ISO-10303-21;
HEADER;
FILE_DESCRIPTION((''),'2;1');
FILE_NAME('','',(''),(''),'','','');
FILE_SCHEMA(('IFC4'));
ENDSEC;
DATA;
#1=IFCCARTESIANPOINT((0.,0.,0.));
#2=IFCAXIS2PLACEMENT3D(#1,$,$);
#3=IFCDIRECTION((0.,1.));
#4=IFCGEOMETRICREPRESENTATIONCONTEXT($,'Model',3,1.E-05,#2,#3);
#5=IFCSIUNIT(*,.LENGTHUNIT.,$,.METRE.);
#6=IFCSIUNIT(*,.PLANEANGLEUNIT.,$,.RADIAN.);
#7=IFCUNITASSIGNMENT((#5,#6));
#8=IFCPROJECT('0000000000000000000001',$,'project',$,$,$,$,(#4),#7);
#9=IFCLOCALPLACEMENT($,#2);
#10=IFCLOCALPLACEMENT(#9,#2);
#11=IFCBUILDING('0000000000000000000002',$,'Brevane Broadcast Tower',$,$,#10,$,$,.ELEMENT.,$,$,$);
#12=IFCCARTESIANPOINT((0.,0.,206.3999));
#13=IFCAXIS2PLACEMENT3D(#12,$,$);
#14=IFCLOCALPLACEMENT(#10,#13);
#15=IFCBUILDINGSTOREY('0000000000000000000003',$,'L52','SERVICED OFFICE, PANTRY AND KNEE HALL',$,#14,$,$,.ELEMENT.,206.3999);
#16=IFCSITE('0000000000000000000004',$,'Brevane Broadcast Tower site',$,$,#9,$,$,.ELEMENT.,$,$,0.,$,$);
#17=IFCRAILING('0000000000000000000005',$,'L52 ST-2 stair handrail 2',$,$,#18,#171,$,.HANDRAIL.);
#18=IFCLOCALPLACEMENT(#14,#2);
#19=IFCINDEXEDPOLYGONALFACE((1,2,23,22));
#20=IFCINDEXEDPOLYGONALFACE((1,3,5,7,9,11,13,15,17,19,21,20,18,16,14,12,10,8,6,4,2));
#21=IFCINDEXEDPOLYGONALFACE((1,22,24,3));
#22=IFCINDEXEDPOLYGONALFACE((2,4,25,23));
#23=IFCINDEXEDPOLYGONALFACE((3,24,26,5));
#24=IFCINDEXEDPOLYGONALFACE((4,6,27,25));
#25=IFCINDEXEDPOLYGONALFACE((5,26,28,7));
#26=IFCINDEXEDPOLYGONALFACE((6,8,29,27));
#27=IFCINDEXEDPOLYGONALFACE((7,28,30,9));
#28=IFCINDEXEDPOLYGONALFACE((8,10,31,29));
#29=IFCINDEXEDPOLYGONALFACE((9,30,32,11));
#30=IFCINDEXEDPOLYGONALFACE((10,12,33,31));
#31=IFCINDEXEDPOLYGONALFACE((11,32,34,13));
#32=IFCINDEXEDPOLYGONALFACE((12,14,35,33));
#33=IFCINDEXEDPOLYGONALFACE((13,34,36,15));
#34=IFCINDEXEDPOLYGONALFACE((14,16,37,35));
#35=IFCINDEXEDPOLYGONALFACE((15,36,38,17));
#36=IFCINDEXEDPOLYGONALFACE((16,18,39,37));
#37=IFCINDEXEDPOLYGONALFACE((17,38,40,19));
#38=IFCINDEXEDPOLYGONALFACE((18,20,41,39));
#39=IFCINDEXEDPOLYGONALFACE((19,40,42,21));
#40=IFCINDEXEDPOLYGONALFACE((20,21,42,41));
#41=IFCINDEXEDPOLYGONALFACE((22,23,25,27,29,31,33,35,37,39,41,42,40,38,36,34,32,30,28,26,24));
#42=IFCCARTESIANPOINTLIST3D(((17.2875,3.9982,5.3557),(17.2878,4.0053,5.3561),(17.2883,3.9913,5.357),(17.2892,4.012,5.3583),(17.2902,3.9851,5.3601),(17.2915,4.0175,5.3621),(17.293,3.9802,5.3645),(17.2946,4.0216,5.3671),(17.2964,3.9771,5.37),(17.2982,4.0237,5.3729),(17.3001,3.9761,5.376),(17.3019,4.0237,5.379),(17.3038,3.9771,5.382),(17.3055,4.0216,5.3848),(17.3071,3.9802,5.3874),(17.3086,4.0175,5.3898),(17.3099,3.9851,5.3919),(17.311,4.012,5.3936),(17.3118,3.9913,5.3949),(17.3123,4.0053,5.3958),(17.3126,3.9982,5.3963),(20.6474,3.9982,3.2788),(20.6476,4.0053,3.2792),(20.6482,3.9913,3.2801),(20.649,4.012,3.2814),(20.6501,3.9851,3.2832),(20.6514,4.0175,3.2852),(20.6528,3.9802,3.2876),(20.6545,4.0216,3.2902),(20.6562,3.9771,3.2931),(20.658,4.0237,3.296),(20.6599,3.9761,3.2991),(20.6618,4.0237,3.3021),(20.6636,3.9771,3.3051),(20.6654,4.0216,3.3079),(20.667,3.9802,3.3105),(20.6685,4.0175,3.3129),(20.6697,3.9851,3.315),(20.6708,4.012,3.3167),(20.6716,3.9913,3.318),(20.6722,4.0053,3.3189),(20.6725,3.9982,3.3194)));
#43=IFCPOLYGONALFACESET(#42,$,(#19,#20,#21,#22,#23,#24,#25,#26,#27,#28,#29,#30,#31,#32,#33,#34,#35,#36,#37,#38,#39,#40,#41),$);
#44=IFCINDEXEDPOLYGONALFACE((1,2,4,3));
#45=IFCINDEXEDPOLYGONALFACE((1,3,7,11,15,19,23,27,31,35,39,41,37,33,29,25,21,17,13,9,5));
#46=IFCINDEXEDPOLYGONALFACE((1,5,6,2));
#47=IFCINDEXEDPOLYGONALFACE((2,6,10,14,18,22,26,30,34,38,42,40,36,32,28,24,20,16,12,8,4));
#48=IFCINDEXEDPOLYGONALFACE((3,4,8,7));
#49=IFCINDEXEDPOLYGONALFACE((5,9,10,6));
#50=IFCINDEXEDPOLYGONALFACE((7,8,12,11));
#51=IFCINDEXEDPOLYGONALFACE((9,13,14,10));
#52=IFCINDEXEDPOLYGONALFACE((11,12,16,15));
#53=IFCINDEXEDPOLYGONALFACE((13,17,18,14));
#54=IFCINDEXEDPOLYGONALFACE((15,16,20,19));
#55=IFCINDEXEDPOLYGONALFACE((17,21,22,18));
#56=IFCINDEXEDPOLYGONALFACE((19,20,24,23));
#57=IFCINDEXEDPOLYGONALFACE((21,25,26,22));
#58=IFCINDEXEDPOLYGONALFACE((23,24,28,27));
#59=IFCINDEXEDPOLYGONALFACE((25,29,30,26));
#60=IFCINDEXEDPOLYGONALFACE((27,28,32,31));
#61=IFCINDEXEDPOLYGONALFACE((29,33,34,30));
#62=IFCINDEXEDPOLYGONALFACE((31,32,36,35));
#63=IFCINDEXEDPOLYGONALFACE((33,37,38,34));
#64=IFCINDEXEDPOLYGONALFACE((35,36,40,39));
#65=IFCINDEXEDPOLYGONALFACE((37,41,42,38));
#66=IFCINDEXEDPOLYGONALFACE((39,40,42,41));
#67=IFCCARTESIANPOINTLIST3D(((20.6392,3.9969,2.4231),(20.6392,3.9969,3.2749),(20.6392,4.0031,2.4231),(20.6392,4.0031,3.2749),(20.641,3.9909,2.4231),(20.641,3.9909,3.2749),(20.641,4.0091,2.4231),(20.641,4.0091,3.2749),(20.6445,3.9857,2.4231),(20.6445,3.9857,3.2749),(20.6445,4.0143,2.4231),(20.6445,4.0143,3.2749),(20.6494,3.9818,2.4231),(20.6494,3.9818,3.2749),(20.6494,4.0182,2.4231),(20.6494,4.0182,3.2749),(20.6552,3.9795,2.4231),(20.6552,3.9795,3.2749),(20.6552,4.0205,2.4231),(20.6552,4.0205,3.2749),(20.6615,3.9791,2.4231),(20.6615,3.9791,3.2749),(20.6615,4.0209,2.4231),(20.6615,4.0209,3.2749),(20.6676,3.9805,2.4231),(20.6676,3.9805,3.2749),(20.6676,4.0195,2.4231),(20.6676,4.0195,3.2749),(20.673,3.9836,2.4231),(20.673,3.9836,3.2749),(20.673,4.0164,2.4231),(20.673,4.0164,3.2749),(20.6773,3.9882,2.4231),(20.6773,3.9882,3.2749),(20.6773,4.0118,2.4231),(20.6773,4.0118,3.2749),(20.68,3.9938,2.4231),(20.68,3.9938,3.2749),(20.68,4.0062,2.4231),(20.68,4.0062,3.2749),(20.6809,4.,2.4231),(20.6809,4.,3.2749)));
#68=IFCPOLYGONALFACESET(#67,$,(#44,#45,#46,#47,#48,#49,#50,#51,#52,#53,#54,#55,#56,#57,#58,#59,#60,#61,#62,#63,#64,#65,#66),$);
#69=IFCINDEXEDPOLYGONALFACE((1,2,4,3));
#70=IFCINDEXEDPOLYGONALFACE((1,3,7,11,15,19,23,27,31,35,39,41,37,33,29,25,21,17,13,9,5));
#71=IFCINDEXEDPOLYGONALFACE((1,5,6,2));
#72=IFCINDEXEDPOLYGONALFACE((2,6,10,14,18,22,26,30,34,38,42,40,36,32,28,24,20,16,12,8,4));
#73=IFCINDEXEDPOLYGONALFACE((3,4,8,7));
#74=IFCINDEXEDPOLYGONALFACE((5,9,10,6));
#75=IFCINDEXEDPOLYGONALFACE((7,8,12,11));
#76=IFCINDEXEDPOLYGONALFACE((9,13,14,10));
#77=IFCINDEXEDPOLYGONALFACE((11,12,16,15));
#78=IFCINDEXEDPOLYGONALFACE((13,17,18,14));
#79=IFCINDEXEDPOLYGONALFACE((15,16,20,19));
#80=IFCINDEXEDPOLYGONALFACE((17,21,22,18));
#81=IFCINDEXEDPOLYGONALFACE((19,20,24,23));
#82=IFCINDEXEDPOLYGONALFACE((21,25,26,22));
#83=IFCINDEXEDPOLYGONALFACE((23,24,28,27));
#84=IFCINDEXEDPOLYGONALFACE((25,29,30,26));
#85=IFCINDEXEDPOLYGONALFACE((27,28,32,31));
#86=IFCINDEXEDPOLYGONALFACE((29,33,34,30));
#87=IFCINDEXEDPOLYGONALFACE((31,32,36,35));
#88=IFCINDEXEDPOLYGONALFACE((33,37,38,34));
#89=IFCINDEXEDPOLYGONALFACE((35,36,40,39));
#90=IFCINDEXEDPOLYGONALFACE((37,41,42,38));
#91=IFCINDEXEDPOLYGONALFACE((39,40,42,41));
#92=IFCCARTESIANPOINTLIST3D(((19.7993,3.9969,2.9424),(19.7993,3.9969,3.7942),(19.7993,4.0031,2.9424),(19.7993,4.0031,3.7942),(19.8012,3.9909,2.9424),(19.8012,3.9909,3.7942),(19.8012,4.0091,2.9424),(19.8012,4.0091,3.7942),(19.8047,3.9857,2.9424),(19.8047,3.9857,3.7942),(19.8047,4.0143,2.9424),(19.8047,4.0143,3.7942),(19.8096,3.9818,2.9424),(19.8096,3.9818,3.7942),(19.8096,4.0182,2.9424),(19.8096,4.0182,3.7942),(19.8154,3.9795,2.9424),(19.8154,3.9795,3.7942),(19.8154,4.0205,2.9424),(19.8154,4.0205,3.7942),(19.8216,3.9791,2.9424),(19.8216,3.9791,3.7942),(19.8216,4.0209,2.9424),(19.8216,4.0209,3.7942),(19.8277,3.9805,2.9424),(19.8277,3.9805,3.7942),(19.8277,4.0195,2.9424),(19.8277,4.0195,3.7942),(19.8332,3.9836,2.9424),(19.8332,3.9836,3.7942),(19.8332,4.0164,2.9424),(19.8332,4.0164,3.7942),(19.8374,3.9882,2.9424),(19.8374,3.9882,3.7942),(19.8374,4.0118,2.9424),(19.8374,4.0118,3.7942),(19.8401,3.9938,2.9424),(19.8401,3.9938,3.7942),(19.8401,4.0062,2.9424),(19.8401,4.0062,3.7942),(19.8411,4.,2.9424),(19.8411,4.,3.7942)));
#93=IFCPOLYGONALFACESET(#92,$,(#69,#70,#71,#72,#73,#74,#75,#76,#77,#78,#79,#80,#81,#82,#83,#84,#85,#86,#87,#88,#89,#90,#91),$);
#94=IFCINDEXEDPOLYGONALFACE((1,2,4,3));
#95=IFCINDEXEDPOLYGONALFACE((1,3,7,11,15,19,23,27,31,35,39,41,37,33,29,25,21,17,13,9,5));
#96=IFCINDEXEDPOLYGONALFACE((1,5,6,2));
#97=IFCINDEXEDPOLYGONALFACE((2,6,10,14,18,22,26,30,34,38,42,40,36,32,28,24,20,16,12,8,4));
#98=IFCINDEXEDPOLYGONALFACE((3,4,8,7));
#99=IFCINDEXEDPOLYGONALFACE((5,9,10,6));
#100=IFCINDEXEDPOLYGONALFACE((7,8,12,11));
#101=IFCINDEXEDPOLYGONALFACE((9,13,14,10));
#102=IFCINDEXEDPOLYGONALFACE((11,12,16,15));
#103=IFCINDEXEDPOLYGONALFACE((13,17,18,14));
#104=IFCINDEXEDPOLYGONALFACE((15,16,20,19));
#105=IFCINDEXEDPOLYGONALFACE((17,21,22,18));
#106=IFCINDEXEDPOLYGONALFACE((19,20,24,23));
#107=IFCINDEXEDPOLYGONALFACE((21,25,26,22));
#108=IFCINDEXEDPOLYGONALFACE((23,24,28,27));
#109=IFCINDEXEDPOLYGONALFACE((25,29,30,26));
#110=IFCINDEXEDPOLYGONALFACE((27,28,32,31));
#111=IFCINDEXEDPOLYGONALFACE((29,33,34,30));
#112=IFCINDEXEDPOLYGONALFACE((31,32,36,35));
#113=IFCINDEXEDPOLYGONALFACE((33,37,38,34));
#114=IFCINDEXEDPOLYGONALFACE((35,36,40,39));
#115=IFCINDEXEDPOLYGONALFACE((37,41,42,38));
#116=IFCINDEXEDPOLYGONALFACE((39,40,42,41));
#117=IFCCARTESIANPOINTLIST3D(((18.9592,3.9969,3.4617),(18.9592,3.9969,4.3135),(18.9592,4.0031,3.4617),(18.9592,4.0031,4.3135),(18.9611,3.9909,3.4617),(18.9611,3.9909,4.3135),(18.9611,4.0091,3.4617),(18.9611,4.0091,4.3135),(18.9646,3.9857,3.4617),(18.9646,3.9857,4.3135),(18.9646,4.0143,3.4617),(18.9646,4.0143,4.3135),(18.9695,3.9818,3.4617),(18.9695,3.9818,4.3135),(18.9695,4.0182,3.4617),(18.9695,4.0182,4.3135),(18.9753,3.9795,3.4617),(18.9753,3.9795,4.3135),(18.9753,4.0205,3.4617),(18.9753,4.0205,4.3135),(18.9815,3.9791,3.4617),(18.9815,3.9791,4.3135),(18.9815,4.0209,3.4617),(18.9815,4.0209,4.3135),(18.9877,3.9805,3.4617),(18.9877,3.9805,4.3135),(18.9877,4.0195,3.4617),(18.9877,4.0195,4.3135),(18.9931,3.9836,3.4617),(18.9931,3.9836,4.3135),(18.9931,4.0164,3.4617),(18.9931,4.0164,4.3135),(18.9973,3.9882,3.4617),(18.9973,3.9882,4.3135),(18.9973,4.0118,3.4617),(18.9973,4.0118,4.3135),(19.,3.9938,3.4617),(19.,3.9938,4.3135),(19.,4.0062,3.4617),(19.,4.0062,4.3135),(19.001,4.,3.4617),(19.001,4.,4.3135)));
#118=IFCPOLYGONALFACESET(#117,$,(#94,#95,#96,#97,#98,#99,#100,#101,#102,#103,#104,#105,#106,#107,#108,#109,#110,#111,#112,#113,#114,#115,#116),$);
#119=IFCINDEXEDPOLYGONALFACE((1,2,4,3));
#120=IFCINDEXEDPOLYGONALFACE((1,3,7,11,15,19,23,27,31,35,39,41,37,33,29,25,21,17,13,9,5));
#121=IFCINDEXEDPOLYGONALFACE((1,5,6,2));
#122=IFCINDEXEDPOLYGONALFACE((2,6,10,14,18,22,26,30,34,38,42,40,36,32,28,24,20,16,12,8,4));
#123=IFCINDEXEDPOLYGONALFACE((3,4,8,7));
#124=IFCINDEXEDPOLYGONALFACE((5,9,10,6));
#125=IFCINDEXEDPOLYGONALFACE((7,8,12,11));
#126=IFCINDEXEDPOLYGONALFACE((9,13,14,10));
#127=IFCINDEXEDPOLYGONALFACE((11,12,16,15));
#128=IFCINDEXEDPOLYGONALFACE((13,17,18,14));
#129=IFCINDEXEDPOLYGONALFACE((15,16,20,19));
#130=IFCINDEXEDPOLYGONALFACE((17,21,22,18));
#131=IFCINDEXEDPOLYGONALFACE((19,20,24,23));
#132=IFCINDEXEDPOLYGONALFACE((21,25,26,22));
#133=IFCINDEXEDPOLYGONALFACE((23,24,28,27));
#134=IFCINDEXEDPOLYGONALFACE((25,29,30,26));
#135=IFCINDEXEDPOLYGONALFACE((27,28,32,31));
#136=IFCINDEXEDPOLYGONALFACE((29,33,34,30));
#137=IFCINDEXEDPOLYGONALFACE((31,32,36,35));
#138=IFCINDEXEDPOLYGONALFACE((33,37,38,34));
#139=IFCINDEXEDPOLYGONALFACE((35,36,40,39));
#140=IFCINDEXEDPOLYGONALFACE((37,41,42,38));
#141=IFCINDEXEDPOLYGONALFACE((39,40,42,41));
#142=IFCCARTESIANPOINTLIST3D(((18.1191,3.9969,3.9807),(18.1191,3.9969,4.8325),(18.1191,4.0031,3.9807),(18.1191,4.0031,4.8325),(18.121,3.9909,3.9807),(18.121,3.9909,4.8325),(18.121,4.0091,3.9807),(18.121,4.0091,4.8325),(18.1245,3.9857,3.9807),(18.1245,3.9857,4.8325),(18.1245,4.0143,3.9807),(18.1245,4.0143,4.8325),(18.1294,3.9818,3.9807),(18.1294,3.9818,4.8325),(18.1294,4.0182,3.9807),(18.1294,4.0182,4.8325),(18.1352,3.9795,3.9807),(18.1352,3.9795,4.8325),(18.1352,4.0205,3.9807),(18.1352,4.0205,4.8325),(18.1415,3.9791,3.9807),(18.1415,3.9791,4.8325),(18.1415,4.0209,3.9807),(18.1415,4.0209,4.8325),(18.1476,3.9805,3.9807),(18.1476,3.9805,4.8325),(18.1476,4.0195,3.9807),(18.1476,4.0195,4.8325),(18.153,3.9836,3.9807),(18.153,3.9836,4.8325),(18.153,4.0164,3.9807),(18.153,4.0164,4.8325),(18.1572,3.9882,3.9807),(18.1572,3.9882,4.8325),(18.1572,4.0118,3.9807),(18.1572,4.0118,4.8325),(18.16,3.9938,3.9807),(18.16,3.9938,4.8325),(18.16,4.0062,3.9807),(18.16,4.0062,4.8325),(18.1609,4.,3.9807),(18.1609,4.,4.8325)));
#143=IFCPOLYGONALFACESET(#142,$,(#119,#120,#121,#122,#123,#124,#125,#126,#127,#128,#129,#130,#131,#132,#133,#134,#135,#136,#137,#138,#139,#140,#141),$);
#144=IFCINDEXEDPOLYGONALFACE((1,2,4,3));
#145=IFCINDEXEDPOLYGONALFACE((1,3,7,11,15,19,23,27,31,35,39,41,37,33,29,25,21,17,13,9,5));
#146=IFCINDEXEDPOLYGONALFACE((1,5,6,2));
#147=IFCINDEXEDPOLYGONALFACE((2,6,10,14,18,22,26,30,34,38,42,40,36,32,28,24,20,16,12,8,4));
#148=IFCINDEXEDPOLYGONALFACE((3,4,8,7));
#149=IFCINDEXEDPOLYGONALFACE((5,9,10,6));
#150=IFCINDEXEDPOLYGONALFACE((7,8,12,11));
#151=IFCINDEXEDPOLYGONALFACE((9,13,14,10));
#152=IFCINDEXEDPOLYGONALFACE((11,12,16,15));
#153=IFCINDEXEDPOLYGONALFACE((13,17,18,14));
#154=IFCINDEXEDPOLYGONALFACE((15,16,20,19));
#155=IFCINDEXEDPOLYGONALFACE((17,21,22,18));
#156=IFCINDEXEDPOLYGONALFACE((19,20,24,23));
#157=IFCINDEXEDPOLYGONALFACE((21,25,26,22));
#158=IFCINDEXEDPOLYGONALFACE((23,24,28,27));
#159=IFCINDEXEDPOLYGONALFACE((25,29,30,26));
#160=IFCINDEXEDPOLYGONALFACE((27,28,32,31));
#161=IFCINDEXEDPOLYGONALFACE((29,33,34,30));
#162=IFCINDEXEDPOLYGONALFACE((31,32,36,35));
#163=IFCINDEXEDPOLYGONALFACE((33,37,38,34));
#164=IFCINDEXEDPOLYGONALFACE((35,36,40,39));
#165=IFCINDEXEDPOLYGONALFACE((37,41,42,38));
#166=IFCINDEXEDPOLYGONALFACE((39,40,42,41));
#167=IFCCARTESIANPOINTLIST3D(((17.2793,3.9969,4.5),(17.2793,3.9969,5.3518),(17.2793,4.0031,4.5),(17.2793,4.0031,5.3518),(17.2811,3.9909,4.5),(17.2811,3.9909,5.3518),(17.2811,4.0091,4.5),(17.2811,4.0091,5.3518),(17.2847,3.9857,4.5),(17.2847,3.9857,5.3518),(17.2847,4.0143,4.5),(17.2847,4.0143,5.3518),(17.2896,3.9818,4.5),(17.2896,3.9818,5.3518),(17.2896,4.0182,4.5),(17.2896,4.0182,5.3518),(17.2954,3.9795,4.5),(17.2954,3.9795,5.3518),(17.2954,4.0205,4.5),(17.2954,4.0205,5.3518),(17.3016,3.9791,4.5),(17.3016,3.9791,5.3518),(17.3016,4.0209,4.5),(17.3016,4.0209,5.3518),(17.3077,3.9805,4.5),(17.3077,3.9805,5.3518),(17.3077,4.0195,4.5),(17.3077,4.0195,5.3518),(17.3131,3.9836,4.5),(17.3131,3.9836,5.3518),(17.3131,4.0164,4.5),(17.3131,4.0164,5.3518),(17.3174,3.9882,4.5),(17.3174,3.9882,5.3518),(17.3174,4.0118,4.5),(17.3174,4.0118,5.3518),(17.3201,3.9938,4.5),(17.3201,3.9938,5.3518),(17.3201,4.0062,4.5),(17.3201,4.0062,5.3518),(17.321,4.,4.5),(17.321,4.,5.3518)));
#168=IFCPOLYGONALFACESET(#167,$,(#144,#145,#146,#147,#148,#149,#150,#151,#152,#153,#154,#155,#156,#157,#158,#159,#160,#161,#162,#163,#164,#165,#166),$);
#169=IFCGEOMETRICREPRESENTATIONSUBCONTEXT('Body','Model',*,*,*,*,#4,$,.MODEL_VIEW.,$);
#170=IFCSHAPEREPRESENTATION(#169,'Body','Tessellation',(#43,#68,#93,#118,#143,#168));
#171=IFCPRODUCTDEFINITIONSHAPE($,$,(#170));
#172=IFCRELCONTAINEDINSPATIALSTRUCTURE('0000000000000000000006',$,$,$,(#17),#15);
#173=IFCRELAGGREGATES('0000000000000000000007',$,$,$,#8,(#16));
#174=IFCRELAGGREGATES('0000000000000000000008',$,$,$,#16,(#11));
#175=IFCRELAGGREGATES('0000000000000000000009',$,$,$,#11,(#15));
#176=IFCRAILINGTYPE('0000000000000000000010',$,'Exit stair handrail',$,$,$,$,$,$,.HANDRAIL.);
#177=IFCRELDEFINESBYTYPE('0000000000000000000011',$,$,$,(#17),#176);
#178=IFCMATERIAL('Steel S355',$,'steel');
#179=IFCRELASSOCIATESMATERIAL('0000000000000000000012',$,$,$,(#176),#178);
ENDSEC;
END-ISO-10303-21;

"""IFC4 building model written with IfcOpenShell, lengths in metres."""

from ifc_helpers import new_model, si_unit, direction, frame, origin, origin_2d, place, context, subcontext, project, spatial, circle, extrude, material, type_object, element, save


model = new_model("IFC4")

# Units and contexts
model_context = context("Model", 3, precision=1e-05, world=origin(), true_north=direction((0.0, 1.0)))
body_context = subcontext(model_context, "Body", "Model", "MODEL_VIEW")
ifc_project = project(units=[si_unit("LENGTHUNIT", "METRE"), si_unit("PLANEANGLEUNIT", "RADIAN")], contexts=[model_context])

# Site, building, storey
site_placement = place(None, origin())
site = spatial("IfcSite", under=ifc_project, at=site_placement, Name="Brevane Broadcast Tower site", CompositionType="ELEMENT", RefElevation=0.0)
building_placement = place(site_placement, origin())
building = spatial("IfcBuilding", under=site, at=building_placement, Name="Brevane Broadcast Tower", CompositionType="ELEMENT")
storey_placement = place(building_placement, frame((0.0, 0.0, 206.3999)))
storey = spatial("IfcBuildingStorey", under=building, at=storey_placement, Name="L52", Description="SERVICED OFFICE, PANTRY AND KNEE HALL", CompositionType="ELEMENT", Elevation=206.3999)

# Railing
ifc_material_1 = material(Name="Steel S355", Category="steel")
railing_type_1 = type_object("IfcRailingType", Name="Exit stair handrail", PredefinedType="HANDRAIL", material=ifc_material_1)
railing_1_placement = place(storey_placement, frame((20.6599, 4.0, 2.4231)))
element("IfcRailing", 1, at=railing_1_placement, inside=storey, type_object=railing_type_1, Name="L52 ST-2 stair handrail 2", PredefinedType="HANDRAIL", context=body_context, shape_type="SweptSolid", body=[
    extrude(circle(Radius=0.0239, at=origin_2d()), frame((0.0, 0.0, 0.876), z_axis=(-0.850606, 0.0, 0.525803), x_axis=(0.0, -1.0, 0.0)), (0.0, 0.0, 1.0), 3.95),
    extrude(circle(Radius=0.021, at=origin_2d()), origin(), (0.0, 0.0, 1.0), 0.8518),
    extrude(circle(Radius=0.021, at=origin_2d()), frame((-0.8398, 0.0, 0.5193)), (0.0, 0.0, 1.0), 0.8518),
    extrude(circle(Radius=0.021, at=origin_2d()), frame((-1.6799, 0.0, 1.0386)), (0.0, 0.0, 1.0), 0.8518),
    extrude(circle(Radius=0.021, at=origin_2d()), frame((-2.52, 0.0, 1.5576)), (0.0, 0.0, 1.0), 0.8518),
    extrude(circle(Radius=0.021, at=origin_2d()), frame((-3.3599, 0.0, 2.0769)), (0.0, 0.0, 1.0), 0.8518),
])

save(model, "model.ifc")
